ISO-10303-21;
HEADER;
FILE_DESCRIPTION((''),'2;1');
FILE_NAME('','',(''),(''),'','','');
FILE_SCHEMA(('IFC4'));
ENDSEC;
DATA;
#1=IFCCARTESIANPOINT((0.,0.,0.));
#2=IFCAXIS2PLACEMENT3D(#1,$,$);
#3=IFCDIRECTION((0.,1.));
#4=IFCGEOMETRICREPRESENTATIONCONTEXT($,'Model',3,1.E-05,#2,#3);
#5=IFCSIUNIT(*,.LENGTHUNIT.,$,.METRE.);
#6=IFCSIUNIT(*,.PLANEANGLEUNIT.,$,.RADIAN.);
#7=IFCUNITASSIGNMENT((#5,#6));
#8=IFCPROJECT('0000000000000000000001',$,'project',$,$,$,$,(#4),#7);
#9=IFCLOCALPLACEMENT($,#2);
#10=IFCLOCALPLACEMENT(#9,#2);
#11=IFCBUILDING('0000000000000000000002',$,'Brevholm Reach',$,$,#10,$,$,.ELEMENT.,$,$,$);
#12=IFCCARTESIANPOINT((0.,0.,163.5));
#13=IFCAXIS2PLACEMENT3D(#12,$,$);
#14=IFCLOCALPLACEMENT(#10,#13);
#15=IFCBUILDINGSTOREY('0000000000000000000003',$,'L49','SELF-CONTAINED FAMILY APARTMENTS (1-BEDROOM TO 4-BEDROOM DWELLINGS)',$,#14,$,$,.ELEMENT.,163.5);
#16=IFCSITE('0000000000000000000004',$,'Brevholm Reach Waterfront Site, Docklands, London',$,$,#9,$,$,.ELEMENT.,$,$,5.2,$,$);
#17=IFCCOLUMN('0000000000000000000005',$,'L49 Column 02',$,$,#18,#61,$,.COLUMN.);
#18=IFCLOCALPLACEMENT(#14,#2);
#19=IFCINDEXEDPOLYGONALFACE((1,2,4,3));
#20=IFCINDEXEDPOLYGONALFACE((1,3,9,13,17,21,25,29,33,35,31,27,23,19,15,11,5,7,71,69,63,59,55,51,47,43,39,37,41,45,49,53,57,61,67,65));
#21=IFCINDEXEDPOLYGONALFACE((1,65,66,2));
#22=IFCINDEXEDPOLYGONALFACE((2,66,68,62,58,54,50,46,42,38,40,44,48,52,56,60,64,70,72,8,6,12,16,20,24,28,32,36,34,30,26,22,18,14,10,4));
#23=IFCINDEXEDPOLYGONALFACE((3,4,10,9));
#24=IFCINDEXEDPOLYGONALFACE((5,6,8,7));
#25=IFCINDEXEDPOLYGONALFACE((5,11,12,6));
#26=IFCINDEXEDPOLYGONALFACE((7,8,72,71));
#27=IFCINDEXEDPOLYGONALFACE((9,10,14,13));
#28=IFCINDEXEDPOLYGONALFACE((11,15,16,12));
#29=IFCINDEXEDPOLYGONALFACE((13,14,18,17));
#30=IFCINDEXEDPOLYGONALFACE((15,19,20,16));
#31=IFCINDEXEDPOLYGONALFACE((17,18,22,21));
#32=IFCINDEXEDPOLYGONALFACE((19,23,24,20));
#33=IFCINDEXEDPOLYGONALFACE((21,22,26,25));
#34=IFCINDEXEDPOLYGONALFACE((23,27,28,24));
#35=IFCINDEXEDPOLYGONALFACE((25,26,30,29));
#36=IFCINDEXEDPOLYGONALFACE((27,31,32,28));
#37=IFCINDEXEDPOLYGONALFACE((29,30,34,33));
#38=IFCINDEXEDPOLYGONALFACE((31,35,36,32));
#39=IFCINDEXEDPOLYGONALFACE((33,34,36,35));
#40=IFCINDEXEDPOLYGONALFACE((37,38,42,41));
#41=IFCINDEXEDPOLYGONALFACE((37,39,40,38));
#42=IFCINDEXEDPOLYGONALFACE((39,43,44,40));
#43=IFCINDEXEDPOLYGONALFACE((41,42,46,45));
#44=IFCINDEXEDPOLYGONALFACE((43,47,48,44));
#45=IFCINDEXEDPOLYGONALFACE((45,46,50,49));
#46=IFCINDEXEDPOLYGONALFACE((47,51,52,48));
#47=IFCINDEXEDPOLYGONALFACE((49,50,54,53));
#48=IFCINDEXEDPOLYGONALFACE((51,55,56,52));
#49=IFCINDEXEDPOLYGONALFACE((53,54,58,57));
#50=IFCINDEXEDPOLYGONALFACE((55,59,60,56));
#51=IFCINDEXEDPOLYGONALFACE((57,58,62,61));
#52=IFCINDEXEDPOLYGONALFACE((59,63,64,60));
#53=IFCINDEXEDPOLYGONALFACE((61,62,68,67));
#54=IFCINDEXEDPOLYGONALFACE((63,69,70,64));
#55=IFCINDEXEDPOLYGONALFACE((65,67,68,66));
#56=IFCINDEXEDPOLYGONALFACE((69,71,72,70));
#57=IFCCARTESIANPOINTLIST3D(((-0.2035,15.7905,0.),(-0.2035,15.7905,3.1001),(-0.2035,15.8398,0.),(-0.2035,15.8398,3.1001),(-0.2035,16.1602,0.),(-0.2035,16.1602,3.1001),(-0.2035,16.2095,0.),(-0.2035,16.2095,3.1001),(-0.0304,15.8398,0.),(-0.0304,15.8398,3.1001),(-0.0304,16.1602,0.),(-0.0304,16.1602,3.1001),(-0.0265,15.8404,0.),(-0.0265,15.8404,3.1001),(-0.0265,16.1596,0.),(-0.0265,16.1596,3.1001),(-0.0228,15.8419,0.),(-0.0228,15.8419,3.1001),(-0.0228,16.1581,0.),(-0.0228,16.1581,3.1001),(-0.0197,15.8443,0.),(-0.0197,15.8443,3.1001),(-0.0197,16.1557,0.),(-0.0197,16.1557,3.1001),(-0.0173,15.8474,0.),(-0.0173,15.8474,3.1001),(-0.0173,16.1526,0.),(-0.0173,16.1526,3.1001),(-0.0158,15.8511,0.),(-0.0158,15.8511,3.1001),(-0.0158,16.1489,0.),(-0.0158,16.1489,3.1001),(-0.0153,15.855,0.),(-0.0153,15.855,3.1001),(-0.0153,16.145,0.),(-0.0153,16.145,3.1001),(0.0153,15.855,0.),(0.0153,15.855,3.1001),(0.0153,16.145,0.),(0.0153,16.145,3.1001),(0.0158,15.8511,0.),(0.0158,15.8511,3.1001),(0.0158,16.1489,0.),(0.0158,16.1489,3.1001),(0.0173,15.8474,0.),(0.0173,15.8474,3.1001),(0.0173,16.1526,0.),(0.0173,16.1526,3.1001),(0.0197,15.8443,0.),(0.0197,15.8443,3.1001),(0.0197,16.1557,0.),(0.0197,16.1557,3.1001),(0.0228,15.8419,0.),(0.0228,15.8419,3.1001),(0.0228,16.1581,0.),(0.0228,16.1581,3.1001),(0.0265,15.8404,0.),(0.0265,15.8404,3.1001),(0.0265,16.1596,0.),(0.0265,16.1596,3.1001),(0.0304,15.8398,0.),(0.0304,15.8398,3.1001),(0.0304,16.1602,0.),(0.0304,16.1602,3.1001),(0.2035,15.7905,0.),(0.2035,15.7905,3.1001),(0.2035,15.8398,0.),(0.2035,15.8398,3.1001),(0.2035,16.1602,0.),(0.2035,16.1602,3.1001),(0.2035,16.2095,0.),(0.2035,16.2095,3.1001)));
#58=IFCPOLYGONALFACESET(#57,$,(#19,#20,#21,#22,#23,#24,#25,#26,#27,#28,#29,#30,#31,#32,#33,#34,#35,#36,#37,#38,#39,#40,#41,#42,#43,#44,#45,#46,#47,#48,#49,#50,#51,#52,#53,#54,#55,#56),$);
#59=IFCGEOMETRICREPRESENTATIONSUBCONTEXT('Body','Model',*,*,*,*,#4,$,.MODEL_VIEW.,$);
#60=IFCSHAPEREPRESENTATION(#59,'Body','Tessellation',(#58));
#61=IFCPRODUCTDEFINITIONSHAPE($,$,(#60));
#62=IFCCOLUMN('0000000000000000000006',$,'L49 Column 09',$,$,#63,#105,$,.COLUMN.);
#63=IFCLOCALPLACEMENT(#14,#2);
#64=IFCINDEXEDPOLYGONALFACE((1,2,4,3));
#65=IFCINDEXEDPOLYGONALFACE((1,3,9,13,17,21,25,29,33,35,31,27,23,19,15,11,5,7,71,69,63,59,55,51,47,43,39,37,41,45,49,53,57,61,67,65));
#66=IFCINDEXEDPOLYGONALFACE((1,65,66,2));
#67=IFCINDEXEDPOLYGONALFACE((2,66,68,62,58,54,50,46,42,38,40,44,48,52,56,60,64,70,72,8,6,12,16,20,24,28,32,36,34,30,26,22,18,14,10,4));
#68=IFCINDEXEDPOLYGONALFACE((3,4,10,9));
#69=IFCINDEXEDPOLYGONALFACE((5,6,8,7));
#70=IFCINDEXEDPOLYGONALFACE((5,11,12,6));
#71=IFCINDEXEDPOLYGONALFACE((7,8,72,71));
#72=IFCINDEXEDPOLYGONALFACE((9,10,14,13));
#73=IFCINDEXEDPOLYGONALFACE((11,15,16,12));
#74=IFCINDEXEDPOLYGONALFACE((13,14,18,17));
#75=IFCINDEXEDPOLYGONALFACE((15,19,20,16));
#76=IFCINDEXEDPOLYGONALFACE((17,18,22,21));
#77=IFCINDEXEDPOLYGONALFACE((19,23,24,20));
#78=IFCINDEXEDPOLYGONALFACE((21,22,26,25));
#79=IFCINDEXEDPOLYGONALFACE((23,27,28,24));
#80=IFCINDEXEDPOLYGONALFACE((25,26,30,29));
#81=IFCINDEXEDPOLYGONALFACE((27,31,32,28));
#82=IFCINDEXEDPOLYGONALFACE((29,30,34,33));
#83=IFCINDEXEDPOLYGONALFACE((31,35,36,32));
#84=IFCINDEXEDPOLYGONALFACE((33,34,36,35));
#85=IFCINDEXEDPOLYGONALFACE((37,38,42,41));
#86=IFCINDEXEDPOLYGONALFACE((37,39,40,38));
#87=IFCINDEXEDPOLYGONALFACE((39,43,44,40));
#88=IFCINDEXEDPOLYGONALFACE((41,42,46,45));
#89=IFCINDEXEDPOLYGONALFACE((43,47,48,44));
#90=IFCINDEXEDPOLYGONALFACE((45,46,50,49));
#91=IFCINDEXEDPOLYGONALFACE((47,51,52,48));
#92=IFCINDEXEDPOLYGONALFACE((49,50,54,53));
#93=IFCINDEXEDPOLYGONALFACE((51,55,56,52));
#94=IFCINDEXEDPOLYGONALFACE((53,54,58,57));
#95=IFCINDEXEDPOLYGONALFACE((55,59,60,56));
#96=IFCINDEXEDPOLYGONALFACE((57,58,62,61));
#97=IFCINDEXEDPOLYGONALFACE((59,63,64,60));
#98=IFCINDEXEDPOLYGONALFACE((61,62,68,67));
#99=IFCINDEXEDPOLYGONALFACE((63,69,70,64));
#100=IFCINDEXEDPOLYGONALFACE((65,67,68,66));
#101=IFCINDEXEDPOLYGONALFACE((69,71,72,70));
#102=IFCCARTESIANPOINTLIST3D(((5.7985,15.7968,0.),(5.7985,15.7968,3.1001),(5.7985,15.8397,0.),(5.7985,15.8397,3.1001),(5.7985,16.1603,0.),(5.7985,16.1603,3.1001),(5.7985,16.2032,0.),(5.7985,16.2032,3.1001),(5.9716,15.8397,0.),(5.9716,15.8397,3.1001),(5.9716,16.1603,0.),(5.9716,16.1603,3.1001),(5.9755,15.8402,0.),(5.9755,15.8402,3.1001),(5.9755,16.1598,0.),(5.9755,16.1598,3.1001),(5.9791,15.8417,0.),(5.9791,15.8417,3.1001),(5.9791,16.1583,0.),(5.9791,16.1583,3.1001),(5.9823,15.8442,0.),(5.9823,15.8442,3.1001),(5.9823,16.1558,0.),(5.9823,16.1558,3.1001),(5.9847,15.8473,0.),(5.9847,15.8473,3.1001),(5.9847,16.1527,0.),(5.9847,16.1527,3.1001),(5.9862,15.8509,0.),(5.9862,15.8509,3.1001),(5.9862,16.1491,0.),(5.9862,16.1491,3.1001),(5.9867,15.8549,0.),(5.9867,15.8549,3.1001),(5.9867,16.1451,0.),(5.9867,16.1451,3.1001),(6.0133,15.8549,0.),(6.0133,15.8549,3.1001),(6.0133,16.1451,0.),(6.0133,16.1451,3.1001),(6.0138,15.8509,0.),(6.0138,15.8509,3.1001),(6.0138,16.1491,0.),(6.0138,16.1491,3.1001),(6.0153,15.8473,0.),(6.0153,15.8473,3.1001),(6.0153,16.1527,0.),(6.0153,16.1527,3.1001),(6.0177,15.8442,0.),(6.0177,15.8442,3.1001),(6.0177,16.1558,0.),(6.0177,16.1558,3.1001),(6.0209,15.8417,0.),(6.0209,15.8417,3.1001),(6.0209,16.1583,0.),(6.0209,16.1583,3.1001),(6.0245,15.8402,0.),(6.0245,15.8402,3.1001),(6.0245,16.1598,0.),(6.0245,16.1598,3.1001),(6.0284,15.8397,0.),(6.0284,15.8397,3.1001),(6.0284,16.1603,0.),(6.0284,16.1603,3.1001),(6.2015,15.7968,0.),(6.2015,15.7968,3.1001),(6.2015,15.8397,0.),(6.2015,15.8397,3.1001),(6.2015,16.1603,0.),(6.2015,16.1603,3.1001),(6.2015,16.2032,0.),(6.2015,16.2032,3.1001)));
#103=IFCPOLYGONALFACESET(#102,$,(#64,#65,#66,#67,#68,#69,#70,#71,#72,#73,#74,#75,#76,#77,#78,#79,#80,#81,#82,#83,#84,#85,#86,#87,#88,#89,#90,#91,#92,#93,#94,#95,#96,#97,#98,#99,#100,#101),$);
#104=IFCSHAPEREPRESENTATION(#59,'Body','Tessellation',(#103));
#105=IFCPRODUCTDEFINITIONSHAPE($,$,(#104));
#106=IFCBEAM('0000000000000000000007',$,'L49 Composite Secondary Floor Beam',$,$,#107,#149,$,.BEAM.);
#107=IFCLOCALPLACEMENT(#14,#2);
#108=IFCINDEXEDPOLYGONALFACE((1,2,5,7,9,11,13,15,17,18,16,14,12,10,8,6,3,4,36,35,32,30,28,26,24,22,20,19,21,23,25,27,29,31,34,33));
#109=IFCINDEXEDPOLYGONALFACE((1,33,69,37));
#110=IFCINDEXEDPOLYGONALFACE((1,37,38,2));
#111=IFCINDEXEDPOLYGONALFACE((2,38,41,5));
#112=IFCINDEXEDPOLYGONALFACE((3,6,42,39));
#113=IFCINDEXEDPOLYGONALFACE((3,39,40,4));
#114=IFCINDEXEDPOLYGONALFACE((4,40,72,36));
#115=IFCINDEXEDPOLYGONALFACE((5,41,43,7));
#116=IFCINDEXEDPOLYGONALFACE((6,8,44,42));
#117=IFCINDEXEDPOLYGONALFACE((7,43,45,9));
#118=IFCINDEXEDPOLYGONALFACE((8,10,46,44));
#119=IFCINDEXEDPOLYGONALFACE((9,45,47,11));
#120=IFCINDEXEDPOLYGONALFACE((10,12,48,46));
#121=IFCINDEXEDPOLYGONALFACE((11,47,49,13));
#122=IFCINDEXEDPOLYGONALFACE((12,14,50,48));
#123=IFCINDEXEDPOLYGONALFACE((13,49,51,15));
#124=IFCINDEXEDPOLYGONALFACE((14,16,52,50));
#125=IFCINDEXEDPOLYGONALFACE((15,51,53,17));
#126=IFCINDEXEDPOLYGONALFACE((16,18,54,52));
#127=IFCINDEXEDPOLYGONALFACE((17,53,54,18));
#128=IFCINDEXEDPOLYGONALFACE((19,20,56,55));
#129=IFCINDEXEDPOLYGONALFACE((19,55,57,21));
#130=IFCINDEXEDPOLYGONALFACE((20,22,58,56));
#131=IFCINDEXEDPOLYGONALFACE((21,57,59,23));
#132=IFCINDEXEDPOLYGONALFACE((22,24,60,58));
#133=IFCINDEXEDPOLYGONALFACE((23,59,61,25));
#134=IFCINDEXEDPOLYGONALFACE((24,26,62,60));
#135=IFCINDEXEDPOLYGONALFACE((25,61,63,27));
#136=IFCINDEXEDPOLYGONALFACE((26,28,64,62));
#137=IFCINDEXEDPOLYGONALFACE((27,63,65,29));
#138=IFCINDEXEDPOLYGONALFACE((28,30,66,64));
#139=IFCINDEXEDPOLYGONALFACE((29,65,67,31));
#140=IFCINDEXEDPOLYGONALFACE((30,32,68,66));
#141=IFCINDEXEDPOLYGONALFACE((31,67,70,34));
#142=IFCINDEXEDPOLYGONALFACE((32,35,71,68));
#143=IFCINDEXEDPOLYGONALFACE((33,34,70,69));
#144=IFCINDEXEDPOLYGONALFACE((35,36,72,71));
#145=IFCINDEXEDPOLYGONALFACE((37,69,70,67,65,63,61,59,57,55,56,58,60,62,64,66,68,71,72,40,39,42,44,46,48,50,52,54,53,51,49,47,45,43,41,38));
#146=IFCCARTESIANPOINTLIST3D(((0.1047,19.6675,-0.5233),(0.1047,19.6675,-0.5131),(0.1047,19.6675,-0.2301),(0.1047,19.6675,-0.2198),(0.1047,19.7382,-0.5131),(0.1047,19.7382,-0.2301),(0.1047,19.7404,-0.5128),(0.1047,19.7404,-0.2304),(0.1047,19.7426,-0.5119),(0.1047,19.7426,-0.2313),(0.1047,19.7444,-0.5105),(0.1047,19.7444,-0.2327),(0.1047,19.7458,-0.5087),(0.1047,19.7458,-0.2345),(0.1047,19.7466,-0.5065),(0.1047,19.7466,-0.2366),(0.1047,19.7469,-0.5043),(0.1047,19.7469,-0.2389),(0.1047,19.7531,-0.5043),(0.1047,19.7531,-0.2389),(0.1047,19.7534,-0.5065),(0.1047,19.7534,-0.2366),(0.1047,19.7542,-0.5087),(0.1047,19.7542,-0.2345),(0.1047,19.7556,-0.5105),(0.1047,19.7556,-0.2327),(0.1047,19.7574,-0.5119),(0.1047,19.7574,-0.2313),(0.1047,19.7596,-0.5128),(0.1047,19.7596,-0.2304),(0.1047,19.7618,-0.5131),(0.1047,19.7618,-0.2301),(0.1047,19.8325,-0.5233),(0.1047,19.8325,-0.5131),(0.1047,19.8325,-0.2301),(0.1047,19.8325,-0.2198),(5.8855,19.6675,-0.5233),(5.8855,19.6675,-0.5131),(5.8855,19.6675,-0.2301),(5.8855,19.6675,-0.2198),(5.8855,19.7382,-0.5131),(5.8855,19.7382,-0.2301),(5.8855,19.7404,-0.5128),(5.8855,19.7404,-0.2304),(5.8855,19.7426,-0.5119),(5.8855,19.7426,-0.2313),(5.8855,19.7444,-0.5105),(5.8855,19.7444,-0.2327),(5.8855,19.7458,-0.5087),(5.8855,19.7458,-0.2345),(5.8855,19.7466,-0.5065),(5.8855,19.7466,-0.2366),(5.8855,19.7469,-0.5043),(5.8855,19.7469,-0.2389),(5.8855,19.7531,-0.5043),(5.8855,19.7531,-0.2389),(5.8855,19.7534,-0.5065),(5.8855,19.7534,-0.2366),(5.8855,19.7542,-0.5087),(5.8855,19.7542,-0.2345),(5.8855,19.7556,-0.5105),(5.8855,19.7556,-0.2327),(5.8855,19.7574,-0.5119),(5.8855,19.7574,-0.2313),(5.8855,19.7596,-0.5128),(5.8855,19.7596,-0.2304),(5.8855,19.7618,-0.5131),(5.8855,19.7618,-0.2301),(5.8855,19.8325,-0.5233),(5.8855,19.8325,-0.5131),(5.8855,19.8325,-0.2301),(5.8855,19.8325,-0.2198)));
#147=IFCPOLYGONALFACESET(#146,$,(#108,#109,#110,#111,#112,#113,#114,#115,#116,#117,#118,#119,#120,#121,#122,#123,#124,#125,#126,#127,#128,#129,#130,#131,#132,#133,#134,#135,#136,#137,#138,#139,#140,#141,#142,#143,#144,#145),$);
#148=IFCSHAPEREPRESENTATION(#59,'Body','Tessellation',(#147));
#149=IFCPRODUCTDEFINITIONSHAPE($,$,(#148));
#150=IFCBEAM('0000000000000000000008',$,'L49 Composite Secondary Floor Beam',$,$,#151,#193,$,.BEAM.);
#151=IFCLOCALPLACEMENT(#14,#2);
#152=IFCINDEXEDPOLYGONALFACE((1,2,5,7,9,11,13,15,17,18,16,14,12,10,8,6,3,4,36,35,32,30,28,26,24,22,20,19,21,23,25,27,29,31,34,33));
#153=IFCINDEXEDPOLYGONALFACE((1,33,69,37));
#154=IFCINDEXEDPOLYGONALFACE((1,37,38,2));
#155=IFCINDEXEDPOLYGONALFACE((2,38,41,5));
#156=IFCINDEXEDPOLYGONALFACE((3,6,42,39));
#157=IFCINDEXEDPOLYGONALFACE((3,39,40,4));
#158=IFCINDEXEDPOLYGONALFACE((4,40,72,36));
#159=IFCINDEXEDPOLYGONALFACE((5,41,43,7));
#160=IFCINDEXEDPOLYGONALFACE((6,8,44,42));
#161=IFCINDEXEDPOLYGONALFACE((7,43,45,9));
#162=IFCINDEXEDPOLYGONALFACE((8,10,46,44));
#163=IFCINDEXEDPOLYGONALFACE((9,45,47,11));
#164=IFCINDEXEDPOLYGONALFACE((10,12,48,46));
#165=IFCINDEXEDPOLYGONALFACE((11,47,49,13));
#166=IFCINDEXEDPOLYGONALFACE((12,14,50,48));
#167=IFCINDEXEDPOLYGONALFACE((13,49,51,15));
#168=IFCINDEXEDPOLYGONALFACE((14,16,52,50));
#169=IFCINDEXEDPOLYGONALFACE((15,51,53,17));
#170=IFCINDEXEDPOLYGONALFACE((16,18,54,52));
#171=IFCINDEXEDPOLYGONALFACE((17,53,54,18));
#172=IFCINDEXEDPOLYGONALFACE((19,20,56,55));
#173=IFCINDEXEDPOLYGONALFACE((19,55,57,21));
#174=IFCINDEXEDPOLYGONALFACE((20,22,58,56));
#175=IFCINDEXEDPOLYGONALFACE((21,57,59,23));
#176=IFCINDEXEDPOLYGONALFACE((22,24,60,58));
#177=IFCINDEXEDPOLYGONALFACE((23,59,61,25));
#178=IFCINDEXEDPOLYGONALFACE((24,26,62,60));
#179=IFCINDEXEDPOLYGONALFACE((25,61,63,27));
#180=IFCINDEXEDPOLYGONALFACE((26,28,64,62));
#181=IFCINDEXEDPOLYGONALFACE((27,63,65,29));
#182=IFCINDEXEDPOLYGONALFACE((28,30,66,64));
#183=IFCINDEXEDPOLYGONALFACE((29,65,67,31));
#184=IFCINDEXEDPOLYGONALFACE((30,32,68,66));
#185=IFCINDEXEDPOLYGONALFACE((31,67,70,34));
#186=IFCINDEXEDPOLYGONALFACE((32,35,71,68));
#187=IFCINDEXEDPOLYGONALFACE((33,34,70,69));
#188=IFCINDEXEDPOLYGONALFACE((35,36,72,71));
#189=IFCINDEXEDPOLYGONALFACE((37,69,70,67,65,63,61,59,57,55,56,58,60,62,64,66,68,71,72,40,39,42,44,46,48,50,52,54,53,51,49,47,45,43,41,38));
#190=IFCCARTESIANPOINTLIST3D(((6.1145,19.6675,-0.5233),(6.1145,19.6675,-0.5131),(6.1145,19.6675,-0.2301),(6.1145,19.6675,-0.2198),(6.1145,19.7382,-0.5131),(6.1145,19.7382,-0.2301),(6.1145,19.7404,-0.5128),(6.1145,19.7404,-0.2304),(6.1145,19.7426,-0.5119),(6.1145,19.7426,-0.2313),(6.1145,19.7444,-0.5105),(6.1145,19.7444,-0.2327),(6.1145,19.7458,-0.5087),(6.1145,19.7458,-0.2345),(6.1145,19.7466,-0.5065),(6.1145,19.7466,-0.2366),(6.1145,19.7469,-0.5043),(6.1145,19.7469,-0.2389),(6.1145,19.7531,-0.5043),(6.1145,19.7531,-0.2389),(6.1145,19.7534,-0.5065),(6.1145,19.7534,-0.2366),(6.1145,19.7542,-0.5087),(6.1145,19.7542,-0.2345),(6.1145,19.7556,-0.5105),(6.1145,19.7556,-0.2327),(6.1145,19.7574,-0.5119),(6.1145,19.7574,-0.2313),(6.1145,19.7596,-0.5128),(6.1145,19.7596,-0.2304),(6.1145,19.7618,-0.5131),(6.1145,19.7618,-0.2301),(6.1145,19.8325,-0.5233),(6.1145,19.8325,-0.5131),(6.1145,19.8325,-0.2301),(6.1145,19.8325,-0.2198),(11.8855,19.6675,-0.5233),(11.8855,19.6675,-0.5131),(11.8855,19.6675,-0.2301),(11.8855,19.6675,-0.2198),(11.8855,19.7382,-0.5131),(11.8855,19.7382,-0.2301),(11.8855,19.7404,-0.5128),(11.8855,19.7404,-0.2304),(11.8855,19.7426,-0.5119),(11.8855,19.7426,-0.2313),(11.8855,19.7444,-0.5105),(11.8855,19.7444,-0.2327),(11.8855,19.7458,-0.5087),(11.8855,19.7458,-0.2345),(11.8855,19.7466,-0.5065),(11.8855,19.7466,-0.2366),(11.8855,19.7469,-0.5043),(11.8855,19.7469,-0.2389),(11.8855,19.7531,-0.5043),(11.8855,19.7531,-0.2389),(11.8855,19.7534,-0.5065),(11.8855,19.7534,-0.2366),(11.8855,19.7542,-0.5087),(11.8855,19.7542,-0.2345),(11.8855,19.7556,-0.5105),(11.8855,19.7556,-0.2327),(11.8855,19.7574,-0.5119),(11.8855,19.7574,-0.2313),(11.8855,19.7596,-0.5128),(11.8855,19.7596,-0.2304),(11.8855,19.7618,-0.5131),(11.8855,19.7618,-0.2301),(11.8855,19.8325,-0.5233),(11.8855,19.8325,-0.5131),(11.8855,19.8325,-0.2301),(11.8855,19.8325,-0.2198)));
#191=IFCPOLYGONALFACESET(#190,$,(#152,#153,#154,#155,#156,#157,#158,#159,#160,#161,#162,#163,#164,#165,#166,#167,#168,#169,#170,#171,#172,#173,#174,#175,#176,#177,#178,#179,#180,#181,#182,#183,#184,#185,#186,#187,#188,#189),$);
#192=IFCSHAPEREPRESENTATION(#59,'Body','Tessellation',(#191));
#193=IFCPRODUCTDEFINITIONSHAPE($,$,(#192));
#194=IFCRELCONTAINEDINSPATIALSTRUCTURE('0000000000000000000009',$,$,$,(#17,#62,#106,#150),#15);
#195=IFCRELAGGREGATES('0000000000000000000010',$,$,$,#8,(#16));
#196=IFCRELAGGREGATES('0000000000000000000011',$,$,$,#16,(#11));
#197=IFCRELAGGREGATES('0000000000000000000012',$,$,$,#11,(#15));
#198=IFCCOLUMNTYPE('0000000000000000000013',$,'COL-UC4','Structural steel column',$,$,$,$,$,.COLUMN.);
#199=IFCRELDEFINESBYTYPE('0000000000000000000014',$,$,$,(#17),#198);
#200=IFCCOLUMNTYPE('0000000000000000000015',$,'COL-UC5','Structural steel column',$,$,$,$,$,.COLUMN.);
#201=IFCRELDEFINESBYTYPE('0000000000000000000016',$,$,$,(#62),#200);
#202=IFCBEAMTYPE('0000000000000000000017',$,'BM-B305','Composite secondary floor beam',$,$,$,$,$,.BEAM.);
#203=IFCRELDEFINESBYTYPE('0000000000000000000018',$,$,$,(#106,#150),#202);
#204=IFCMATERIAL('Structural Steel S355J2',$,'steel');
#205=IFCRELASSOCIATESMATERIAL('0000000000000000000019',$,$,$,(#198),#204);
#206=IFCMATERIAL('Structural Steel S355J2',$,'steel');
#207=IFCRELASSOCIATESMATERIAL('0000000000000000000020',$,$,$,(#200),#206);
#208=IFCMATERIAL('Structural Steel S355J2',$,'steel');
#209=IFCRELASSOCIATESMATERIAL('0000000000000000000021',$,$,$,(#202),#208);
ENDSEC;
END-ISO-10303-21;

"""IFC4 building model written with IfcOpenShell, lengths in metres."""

from ifc_helpers import new_model, si_unit, direction, frame, origin, origin_2d, place, context, subcontext, project, spatial, i_section, extrude, material, material_profile, profile_set, type_object, element, save


model = new_model("IFC4")

# Units and contexts
model_context = context("Model", 3, precision=1e-05, world=origin(), true_north=direction((0.0, 1.0)))
body_context = subcontext(model_context, "Body", "Model", "MODEL_VIEW")
ifc_project = project(units=[si_unit("LENGTHUNIT", "METRE"), si_unit("PLANEANGLEUNIT", "RADIAN")], contexts=[model_context])

# Site, building, storey
site_placement = place(None, origin())
site = spatial("IfcSite", under=ifc_project, at=site_placement, Name="Brevholm Reach Waterfront Site, Docklands, London", CompositionType="ELEMENT", RefElevation=5.2)
building_placement = place(site_placement, origin())
building = spatial("IfcBuilding", under=site, at=building_placement, Name="Brevholm Reach", CompositionType="ELEMENT")
storey_placement = place(building_placement, frame((0.0, 0.0, 163.5)))
storey = spatial("IfcBuildingStorey", under=building, at=storey_placement, Name="L49", Description="SELF-CONTAINED FAMILY APARTMENTS (1-BEDROOM TO 4-BEDROOM DWELLINGS)", CompositionType="ELEMENT", Elevation=163.5)

# Columns
ifc_material_1 = material(Name="Structural Steel S355J2", Category="steel")
ifc_material_profile_1 = material_profile(ifc_material_1, i_section(OverallWidth=0.407, OverallDepth=0.4189, WebThickness=0.0305, FlangeThickness=0.0493, FilletRadius=0.0151, at=origin_2d()), Name="UKC 356x406x393")
ifc_profile_set_1 = profile_set([ifc_material_profile_1], Name="Structural Steel S355J2")
column_type_1 = type_object("IfcColumnType", Name="COL-UC4", Description="Structural steel column", PredefinedType="COLUMN", material=ifc_profile_set_1)
column_1_placement = place(storey_placement, frame((0.0, 16.0, 0.0), z_axis=(0.0, 0.0, 1.0), x_axis=(1.0, 0.0, 0.0)))
element("IfcColumn", 1, at=column_1_placement, inside=storey, type_object=column_type_1, Name="L49 Column 02", PredefinedType="COLUMN", context=body_context, shape_type="SweptSolid", body=[
    extrude(i_section(OverallWidth=0.407, OverallDepth=0.4189, WebThickness=0.0305, FlangeThickness=0.0493, FilletRadius=0.0151, at=origin_2d()), origin(), (0.0, 0.0, 1.0), 3.1001),
])
ifc_material_2 = material(Name="Structural Steel S355J2", Category="steel")
ifc_material_profile_2 = material_profile(ifc_material_2, i_section(OverallWidth=0.4031, OverallDepth=0.4065, WebThickness=0.0266, FlangeThickness=0.043, FilletRadius=0.0151, at=origin_2d()), Name="UKC 356x406x340")
ifc_profile_set_2 = profile_set([ifc_material_profile_2], Name="Structural Steel S355J2")
column_type_2 = type_object("IfcColumnType", Name="COL-UC5", Description="Structural steel column", PredefinedType="COLUMN", material=ifc_profile_set_2)
column_2_placement = place(storey_placement, frame((6.0, 16.0, 0.0), z_axis=(0.0, 0.0, 1.0), x_axis=(1.0, 0.0, 0.0)))
element("IfcColumn", 2, at=column_2_placement, inside=storey, type_object=column_type_2, Name="L49 Column 09", PredefinedType="COLUMN", context=body_context, shape_type="SweptSolid", body=[
    extrude(i_section(OverallWidth=0.4031, OverallDepth=0.4065, WebThickness=0.0266, FlangeThickness=0.043, FilletRadius=0.0151, at=origin_2d()), origin(), (0.0, 0.0, 1.0), 3.1001),
])

# Beams
ifc_material_3 = material(Name="Structural Steel S355J2", Category="steel")
ifc_material_profile_3 = material_profile(ifc_material_3, i_section(OverallWidth=0.165, OverallDepth=0.3035, WebThickness=0.0061, FlangeThickness=0.0103, FilletRadius=0.0088, at=origin_2d()), Name="UKB 305x165x40")
ifc_profile_set_3 = profile_set([ifc_material_profile_3], Name="Structural Steel S355J2")
beam_type_1 = type_object("IfcBeamType", Name="BM-B305", Description="Composite secondary floor beam", PredefinedType="BEAM", material=ifc_profile_set_3)
beam_1_placement = place(storey_placement, frame((0.1047, 19.75, -0.3716), z_axis=(1.0, 0.0, 0.0), x_axis=(0.0, 1.0, 0.0)))
element("IfcBeam", 3, at=beam_1_placement, inside=storey, type_object=beam_type_1, Name="L49 Composite Secondary Floor Beam", PredefinedType="BEAM", context=body_context, shape_type="SweptSolid", body=[
    extrude(i_section(OverallWidth=0.165, OverallDepth=0.3035, WebThickness=0.0061, FlangeThickness=0.0103, FilletRadius=0.0088, at=origin_2d()), origin(), (0.0, 0.0, 1.0), 5.7808),
])
beam_2_placement = place(storey_placement, frame((6.1145, 19.75, -0.3716), z_axis=(1.0, 0.0, 0.0), x_axis=(0.0, 1.0, 0.0)))
element("IfcBeam", 4, at=beam_2_placement, inside=storey, type_object=beam_type_1, Name="L49 Composite Secondary Floor Beam", PredefinedType="BEAM", context=body_context, shape_type="SweptSolid", body=[
    extrude(i_section(OverallWidth=0.165, OverallDepth=0.3035, WebThickness=0.0061, FlangeThickness=0.0103, FilletRadius=0.0088, at=origin_2d()), origin(), (0.0, 0.0, 1.0), 5.771),
])

save(model, "model.ifc")
